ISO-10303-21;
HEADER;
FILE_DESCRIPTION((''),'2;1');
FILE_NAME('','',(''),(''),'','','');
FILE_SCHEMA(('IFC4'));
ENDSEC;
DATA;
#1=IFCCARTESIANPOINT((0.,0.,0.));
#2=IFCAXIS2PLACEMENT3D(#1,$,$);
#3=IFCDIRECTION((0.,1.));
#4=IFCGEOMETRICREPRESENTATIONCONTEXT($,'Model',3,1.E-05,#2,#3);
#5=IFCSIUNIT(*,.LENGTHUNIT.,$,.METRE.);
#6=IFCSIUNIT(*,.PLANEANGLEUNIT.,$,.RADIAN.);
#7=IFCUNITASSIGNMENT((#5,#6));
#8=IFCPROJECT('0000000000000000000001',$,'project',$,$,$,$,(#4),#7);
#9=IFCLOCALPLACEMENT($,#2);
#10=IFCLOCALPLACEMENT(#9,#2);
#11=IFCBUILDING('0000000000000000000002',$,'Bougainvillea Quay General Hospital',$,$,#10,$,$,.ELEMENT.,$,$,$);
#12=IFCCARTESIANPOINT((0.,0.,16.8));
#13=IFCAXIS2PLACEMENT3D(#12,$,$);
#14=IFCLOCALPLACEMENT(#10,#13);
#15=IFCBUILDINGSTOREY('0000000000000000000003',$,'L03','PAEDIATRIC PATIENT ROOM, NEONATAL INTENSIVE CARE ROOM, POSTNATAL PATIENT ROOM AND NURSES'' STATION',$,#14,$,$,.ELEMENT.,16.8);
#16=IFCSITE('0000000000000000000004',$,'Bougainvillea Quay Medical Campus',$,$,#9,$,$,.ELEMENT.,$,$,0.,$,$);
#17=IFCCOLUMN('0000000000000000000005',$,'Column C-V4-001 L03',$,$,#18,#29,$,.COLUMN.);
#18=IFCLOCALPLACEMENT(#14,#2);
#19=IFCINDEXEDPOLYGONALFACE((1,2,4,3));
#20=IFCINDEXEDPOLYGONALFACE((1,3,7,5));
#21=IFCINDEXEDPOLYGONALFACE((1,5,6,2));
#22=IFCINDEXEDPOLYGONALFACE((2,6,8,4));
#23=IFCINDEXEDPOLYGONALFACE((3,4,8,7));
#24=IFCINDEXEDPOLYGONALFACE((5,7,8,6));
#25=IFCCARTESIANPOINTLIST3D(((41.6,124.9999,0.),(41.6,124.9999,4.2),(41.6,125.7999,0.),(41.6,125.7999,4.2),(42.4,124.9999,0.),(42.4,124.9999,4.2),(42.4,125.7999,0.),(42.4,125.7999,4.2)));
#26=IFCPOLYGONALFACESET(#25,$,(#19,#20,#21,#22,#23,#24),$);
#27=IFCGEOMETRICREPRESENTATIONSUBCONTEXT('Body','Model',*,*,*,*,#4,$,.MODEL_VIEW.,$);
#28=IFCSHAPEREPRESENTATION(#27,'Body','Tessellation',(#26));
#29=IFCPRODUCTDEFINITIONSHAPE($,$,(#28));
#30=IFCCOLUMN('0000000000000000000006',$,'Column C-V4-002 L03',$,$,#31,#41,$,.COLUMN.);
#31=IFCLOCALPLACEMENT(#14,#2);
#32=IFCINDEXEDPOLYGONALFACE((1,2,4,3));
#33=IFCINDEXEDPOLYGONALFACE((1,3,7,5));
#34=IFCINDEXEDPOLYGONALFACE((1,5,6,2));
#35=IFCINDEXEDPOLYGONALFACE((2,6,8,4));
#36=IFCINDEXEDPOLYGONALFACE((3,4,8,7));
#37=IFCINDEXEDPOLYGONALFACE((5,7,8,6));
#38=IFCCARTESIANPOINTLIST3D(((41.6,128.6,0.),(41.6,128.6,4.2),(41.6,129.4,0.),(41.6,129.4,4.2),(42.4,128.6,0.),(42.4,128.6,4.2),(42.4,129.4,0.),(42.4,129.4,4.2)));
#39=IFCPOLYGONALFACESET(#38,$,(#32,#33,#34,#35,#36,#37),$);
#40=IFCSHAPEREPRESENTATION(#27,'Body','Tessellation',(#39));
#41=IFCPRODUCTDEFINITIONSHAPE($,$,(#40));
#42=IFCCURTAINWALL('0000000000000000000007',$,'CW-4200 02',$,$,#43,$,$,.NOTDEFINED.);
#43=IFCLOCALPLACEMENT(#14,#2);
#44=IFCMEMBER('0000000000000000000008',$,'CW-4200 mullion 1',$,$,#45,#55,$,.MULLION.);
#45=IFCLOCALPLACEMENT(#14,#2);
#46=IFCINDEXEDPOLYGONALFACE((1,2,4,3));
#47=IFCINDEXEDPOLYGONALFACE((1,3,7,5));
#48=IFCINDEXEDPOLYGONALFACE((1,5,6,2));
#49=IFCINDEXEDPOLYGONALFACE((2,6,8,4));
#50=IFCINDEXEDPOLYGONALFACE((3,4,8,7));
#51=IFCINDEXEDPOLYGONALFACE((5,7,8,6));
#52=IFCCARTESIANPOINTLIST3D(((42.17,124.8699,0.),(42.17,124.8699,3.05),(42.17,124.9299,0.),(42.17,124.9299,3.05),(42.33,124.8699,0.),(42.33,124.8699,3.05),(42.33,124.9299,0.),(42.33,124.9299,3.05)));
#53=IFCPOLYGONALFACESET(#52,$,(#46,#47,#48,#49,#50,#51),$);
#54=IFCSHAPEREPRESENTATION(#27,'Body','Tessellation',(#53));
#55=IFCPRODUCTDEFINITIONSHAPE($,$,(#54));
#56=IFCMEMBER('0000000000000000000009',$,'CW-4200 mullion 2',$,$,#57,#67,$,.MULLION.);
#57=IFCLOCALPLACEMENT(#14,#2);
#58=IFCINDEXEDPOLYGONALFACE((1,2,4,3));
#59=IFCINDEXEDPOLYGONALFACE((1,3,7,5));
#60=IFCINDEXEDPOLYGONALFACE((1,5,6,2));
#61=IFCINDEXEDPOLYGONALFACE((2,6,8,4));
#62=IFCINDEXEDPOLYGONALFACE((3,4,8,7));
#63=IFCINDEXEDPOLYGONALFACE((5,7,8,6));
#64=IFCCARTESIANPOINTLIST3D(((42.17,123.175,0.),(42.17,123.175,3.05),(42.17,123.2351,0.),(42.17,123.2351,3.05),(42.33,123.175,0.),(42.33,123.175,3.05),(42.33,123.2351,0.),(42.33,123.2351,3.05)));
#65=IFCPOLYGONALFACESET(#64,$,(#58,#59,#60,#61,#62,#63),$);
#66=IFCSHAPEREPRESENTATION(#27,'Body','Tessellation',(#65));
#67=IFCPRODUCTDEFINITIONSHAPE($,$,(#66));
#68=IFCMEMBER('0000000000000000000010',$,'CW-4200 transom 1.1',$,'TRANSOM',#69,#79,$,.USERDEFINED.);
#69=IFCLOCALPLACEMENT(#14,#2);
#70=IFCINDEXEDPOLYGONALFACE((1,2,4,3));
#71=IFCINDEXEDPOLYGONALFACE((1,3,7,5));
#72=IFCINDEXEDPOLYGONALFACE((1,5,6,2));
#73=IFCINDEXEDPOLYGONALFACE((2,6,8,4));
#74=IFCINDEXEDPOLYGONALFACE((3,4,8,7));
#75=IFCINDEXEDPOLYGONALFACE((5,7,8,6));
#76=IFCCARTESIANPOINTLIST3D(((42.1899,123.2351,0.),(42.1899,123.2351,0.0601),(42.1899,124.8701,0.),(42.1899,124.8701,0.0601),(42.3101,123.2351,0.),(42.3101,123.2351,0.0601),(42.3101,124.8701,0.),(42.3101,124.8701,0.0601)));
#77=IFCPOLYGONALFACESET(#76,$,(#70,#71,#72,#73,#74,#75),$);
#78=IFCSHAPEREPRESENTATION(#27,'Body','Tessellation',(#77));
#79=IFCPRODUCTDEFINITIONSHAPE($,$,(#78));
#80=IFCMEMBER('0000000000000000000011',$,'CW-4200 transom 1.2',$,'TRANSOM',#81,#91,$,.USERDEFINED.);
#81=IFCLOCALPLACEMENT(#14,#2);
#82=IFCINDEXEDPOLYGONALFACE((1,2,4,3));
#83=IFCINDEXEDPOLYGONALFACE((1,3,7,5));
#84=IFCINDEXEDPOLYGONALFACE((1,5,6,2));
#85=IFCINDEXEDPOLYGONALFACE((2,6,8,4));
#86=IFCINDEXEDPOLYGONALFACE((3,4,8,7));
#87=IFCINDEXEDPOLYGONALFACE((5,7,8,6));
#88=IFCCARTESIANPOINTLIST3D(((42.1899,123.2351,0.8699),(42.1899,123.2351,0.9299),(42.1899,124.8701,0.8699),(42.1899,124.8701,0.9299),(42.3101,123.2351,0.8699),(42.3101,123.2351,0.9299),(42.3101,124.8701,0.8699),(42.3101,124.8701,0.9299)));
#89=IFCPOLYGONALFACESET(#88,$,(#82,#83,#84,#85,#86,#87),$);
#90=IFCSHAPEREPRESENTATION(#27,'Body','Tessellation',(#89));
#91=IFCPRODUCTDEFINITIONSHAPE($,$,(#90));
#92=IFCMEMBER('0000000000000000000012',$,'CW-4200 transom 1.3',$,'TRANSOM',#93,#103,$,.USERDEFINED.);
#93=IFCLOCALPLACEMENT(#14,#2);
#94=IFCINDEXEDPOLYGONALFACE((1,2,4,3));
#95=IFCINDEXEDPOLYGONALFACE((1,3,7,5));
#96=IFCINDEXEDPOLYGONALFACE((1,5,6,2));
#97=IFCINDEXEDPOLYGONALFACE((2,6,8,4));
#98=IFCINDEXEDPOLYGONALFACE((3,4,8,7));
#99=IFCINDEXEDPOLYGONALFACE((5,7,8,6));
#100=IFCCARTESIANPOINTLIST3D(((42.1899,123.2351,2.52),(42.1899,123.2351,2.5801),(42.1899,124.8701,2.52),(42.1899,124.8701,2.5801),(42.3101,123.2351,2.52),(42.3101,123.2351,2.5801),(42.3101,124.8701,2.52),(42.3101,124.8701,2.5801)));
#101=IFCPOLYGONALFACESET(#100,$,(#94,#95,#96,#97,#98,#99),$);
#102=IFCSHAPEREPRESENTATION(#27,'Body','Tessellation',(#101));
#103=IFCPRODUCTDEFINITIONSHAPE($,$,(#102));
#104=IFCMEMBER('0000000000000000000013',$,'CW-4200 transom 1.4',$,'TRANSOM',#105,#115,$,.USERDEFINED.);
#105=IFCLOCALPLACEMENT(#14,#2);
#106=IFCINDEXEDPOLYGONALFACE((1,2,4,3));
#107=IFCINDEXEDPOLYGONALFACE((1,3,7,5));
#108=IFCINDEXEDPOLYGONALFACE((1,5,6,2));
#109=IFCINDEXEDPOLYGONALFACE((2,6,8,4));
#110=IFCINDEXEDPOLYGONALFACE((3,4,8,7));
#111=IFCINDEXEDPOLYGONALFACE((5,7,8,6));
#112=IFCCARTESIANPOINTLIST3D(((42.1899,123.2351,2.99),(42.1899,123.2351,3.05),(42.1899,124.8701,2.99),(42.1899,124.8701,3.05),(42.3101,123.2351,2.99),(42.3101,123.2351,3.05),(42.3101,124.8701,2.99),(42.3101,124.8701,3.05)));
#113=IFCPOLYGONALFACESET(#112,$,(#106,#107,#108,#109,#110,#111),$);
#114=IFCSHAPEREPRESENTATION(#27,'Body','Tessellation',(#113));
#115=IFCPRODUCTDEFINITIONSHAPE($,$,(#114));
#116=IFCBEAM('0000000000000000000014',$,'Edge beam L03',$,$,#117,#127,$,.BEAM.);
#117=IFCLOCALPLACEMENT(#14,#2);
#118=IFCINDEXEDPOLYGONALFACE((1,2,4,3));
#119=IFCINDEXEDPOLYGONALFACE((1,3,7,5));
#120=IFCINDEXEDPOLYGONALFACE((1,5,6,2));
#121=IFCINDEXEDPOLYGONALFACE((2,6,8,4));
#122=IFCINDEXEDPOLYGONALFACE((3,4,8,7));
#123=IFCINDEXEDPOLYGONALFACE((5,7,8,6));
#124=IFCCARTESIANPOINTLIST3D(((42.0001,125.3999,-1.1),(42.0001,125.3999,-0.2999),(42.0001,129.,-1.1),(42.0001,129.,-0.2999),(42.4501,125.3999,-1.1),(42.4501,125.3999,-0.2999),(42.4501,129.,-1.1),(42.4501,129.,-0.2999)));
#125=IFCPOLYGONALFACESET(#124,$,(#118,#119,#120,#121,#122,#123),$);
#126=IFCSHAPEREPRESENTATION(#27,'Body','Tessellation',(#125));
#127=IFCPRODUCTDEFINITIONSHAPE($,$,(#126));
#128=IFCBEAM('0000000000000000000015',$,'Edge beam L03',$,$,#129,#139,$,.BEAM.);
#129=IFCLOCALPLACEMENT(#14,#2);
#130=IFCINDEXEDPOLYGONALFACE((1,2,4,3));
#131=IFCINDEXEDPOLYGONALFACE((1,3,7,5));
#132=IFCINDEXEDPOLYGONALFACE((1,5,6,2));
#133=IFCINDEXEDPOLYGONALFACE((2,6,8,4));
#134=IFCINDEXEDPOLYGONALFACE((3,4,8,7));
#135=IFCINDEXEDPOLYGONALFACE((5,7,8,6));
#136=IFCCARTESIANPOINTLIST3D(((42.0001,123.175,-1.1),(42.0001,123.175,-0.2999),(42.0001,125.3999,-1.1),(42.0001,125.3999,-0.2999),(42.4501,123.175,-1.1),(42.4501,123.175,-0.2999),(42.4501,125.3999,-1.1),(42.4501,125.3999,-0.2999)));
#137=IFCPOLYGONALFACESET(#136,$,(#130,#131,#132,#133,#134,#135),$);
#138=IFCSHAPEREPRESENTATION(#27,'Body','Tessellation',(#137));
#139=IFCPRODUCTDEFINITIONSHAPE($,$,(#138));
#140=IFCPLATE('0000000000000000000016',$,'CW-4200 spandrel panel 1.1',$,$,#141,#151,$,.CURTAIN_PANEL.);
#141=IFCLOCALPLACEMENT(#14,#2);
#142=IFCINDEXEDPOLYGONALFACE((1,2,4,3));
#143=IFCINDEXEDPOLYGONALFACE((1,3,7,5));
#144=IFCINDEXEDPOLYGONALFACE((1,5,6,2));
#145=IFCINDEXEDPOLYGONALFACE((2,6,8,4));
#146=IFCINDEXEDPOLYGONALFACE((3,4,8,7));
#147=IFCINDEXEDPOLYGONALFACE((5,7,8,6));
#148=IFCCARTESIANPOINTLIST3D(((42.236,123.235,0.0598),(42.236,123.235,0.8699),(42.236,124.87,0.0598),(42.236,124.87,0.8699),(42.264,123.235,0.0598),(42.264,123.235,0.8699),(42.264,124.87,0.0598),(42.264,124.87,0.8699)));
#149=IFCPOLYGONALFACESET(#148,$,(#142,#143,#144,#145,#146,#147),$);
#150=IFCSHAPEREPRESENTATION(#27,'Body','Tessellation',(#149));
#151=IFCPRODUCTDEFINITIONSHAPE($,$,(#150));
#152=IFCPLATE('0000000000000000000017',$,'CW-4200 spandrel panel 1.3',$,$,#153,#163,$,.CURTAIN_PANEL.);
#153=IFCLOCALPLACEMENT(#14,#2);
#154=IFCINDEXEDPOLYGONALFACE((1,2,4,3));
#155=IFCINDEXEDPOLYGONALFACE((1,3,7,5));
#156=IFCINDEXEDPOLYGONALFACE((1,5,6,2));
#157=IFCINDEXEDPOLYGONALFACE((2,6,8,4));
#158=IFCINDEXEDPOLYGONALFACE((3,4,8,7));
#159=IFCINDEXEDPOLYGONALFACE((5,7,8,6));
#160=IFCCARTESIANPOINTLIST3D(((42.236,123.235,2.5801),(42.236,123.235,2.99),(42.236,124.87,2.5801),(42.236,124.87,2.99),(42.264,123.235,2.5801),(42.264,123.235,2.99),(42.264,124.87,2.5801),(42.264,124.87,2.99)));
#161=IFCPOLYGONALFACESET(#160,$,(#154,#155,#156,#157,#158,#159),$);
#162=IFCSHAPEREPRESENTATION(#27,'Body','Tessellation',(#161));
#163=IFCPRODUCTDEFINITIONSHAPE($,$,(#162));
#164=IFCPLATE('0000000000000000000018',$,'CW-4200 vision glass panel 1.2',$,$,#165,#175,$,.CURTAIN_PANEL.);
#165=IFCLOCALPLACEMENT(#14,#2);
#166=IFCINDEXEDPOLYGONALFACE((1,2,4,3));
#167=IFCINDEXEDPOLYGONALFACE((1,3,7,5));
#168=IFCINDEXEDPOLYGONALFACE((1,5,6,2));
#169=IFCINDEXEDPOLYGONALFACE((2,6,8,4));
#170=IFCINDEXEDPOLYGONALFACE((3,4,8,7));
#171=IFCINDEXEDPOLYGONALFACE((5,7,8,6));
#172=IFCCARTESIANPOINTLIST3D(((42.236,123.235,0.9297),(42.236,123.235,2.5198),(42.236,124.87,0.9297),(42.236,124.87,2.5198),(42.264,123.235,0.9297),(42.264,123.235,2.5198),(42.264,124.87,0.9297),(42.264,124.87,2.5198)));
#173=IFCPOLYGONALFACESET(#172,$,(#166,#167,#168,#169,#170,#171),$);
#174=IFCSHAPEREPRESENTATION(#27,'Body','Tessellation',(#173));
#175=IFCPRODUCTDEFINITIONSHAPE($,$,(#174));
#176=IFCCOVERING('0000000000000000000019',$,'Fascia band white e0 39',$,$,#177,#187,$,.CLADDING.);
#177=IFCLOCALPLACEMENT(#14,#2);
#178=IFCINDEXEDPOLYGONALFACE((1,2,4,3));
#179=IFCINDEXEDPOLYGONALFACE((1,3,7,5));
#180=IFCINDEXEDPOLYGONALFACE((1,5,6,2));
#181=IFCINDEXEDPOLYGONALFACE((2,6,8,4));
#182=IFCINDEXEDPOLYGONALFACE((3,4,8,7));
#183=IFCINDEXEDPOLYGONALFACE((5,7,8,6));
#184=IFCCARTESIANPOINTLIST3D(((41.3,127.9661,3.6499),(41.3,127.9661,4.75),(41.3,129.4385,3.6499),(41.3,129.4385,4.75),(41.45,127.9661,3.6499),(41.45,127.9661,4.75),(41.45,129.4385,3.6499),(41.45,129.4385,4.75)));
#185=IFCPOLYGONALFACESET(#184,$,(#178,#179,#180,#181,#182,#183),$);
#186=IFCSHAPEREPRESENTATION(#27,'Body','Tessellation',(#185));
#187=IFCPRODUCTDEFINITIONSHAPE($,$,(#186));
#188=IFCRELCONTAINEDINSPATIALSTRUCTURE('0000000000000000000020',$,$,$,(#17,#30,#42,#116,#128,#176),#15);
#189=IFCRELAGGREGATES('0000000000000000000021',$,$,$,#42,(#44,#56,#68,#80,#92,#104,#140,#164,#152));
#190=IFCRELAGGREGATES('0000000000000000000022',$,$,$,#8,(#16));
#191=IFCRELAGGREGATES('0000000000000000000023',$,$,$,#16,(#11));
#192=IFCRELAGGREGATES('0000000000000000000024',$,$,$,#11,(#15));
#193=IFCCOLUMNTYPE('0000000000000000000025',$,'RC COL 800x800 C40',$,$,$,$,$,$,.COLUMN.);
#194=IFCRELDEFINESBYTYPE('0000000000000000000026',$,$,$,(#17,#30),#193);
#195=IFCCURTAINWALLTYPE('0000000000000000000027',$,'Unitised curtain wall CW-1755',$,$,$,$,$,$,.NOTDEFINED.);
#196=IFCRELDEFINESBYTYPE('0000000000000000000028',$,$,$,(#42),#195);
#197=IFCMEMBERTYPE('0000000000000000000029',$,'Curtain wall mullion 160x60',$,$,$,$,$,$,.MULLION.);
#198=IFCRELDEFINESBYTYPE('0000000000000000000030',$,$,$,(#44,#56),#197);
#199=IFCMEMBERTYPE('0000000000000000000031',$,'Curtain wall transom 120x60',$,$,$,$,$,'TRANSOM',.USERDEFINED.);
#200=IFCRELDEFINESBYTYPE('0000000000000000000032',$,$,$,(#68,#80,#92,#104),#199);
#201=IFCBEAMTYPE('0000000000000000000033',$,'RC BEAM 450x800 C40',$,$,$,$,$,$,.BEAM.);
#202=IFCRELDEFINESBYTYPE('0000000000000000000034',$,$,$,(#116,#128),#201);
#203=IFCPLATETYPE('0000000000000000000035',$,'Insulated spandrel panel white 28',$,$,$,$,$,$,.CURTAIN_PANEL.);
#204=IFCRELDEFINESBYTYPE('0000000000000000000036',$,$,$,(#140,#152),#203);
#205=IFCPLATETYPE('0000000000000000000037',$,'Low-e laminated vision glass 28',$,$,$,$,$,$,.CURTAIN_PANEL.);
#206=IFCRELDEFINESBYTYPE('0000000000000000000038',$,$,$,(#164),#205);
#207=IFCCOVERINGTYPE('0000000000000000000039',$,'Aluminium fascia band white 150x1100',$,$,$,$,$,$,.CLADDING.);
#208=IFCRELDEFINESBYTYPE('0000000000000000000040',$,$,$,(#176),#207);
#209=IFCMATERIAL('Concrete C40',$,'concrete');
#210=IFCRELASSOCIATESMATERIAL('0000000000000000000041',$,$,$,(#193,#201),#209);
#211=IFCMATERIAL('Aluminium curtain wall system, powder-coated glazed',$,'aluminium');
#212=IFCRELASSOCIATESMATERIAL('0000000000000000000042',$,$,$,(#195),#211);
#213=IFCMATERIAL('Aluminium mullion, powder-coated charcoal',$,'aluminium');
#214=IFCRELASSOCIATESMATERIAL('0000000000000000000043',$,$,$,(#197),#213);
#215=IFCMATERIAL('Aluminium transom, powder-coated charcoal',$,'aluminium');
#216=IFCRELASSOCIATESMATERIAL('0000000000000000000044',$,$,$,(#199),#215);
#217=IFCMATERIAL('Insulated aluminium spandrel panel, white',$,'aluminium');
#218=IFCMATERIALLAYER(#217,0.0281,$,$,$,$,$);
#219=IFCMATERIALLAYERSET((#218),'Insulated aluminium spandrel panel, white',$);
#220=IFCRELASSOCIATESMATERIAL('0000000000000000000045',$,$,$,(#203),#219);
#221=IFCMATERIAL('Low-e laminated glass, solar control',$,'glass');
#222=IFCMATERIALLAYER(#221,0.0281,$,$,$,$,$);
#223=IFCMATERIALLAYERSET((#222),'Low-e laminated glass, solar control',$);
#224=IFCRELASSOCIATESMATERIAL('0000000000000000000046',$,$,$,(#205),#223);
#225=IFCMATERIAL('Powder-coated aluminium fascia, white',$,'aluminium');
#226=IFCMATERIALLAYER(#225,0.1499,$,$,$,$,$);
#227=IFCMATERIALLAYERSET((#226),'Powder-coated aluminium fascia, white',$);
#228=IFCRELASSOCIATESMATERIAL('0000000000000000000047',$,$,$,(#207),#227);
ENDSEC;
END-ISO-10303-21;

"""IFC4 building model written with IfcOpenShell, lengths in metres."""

from ifc_helpers import new_model, si_unit, direction, frame, origin, origin_2d, place, context, subcontext, project, spatial, polyline, rectangle, outline, extrude, material, layer, layer_set, material_profile, profile_set, type_object, element, aggregate, save


model = new_model("IFC4")

# Units and contexts
model_context = context("Model", 3, precision=1e-05, world=origin(), true_north=direction((0.0, 1.0)))
body_context = subcontext(model_context, "Body", "Model", "MODEL_VIEW")
ifc_project = project(units=[si_unit("LENGTHUNIT", "METRE"), si_unit("PLANEANGLEUNIT", "RADIAN")], contexts=[model_context])

# Site, building, storey
site_placement = place(None, origin())
site = spatial("IfcSite", under=ifc_project, at=site_placement, Name="Bougainvillea Quay Medical Campus", CompositionType="ELEMENT", RefElevation=0.0)
building_placement = place(site_placement, origin())
building = spatial("IfcBuilding", under=site, at=building_placement, Name="Bougainvillea Quay General Hospital", CompositionType="ELEMENT")
storey_placement = place(building_placement, frame((0.0, 0.0, 16.8)))
storey = spatial("IfcBuildingStorey", under=building, at=storey_placement, Name="L03", Description="PAEDIATRIC PATIENT ROOM, NEONATAL INTENSIVE CARE ROOM, POSTNATAL PATIENT ROOM AND NURSES' STATION", CompositionType="ELEMENT", Elevation=16.8)

# Columns
ifc_material_1 = material(Name="Concrete C40", Category="concrete")
ifc_material_profile_1 = material_profile(ifc_material_1, rectangle(XDim=0.8, YDim=0.8, at=origin_2d()))
ifc_profile_set_1 = profile_set([ifc_material_profile_1], Name="Concrete C40")
column_type = type_object("IfcColumnType", Name="RC COL 800x800 C40", PredefinedType="COLUMN", material=ifc_profile_set_1)
for number, where, z_axis, x_axis, name in (
    (1, (42.0, 125.3999, 0.0), (0.0, 0.0, 1.0), (1.0, 0.0, 0.0), "Column C-V4-001 L03"),
    (2, (42.0, 129.0, 0.0), (0.0, 0.0, 1.0), (1.0, 0.0, 0.0), "Column C-V4-002 L03"),
):
    element("IfcColumn", number, at=place(storey_placement, frame(where, z_axis=z_axis, x_axis=x_axis)), inside=storey, type_object=column_type, Name=name, PredefinedType="COLUMN", context=body_context, shape_type="SweptSolid", body=[
        extrude(rectangle(XDim=0.8, YDim=0.8, at=origin_2d()), origin(), (0.0, 0.0, 1.0), 4.2),
    ])

# Curtain wall, members
ifc_material_2 = material(Name="Aluminium curtain wall system, powder-coated glazed", Category="aluminium")
curtain_wall_type = type_object("IfcCurtainWallType", Name="Unitised curtain wall CW-1755", PredefinedType="NOTDEFINED", material=ifc_material_2)
curtain_wall_placement = place(storey_placement, origin())
curtain_wall = element("IfcCurtainWall", 3, at=curtain_wall_placement, inside=storey, type_object=curtain_wall_type, Name="CW-4200 02", PredefinedType="NOTDEFINED")
ifc_material_3 = material(Name="Aluminium mullion, powder-coated charcoal", Category="aluminium")
ifc_material_profile_2 = material_profile(ifc_material_3, rectangle(XDim=0.1599, YDim=0.0601, at=origin_2d()))
ifc_profile_set_2 = profile_set([ifc_material_profile_2], Name="Aluminium mullion, powder-coated charcoal")
member_type_1 = type_object("IfcMemberType", Name="Curtain wall mullion 160x60", PredefinedType="MULLION", material=ifc_profile_set_2)
member_1_placement = place(storey_placement, frame((42.25, 124.8999, 0.0), z_axis=(0.0, 0.0, 1.0), x_axis=(1.0, 0.0, 0.0)))
member_1 = element("IfcMember", 4, at=member_1_placement, type_object=member_type_1, Name="CW-4200 mullion 1", PredefinedType="MULLION", context=body_context, shape_type="SweptSolid", body=[
    extrude(rectangle(XDim=0.1599, YDim=0.0601, at=origin_2d()), origin(), (0.0, 0.0, 1.0), 3.05),
])
member_2_placement = place(storey_placement, frame((42.25, 123.2051, 0.0), z_axis=(0.0, 0.0, 1.0), x_axis=(1.0, 0.0, 0.0)))
member_2 = element("IfcMember", 5, at=member_2_placement, type_object=member_type_1, Name="CW-4200 mullion 2", PredefinedType="MULLION", context=body_context, shape_type="SweptSolid", body=[
    extrude(rectangle(XDim=0.1599, YDim=0.0601, at=origin_2d()), origin(), (0.0, 0.0, 1.0), 3.05),
])
ifc_material_4 = material(Name="Aluminium transom, powder-coated charcoal", Category="aluminium")
ifc_material_profile_3 = material_profile(ifc_material_4, rectangle(XDim=0.1201, YDim=0.0601, at=origin_2d()))
ifc_profile_set_3 = profile_set([ifc_material_profile_3], Name="Aluminium transom, powder-coated charcoal")
member_type_2 = type_object("IfcMemberType", Name="Curtain wall transom 120x60", ElementType="TRANSOM", PredefinedType="USERDEFINED", material=ifc_profile_set_3)
member_3_placement = place(storey_placement, frame((42.25, 124.8701, 0.03), z_axis=(0.0, -1.0, 0.0), x_axis=(1.0, 0.0, 0.0)))
member_3 = element("IfcMember", 6, at=member_3_placement, type_object=member_type_2, Name="CW-4200 transom 1.1", ObjectType="TRANSOM", PredefinedType="USERDEFINED", context=body_context, shape_type="SweptSolid", body=[
    extrude(rectangle(XDim=0.1201, YDim=0.0601, at=origin_2d()), origin(), (0.0, 0.0, 1.0), 1.635),
])
member_4_placement = place(storey_placement, frame((42.25, 124.8701, 0.8999), z_axis=(0.0, -1.0, 0.0), x_axis=(1.0, 0.0, 0.0)))
member_4 = element("IfcMember", 7, at=member_4_placement, type_object=member_type_2, Name="CW-4200 transom 1.2", ObjectType="TRANSOM", PredefinedType="USERDEFINED", context=body_context, shape_type="SweptSolid", body=[
    extrude(rectangle(XDim=0.1201, YDim=0.0601, at=origin_2d()), origin(), (0.0, 0.0, 1.0), 1.635),
])
member_5_placement = place(storey_placement, frame((42.25, 124.8701, 2.55), z_axis=(0.0, -1.0, 0.0), x_axis=(1.0, 0.0, 0.0)))
member_5 = element("IfcMember", 8, at=member_5_placement, type_object=member_type_2, Name="CW-4200 transom 1.3", ObjectType="TRANSOM", PredefinedType="USERDEFINED", context=body_context, shape_type="SweptSolid", body=[
    extrude(rectangle(XDim=0.1201, YDim=0.0601, at=origin_2d()), origin(), (0.0, 0.0, 1.0), 1.635),
])
member_6_placement = place(storey_placement, frame((42.25, 124.8701, 3.02), z_axis=(0.0, -1.0, 0.0), x_axis=(1.0, 0.0, 0.0)))
member_6 = element("IfcMember", 9, at=member_6_placement, type_object=member_type_2, Name="CW-4200 transom 1.4", ObjectType="TRANSOM", PredefinedType="USERDEFINED", context=body_context, shape_type="SweptSolid", body=[
    extrude(rectangle(XDim=0.1201, YDim=0.0601, at=origin_2d()), origin(), (0.0, 0.0, 1.0), 1.635),
])

# Beams
ifc_material_profile_4 = material_profile(ifc_material_1, rectangle(XDim=0.45, YDim=0.8, at=origin_2d()))
ifc_profile_set_4 = profile_set([ifc_material_profile_4], Name="Concrete C40")
beam_type = type_object("IfcBeamType", Name="RC BEAM 450x800 C40", PredefinedType="BEAM", material=ifc_profile_set_4)
beam_1_placement = place(storey_placement, frame((42.2251, 129.0, -0.7), z_axis=(0.0, -1.0, 0.0), x_axis=(1.0, 0.0, 0.0)))
element("IfcBeam", 10, at=beam_1_placement, inside=storey, type_object=beam_type, Name="Edge beam L03", PredefinedType="BEAM", context=body_context, shape_type="SweptSolid", body=[
    extrude(rectangle(XDim=0.45, YDim=0.8, at=origin_2d()), origin(), (0.0, 0.0, 1.0), 3.6001),
])
beam_2_placement = place(storey_placement, frame((42.2251, 125.3999, -0.7), z_axis=(0.0, -1.0, 0.0), x_axis=(1.0, 0.0, 0.0)))
element("IfcBeam", 11, at=beam_2_placement, inside=storey, type_object=beam_type, Name="Edge beam L03", PredefinedType="BEAM", context=body_context, shape_type="SweptSolid", body=[
    extrude(rectangle(XDim=0.45, YDim=0.8, at=origin_2d()), origin(), (0.0, 0.0, 1.0), 2.2249),
])

# Plates
ifc_material_5 = material(Name="Insulated aluminium spandrel panel, white", Category="aluminium")
ifc_layer_1 = layer(ifc_material_5, 0.0281)
ifc_layer_set_1 = layer_set([ifc_layer_1], Name="Insulated aluminium spandrel panel, white")
plate_type_1 = type_object("IfcPlateType", Name="Insulated spandrel panel white 28", PredefinedType="CURTAIN_PANEL", material=ifc_layer_set_1)
plate_1_placement = place(storey_placement, frame((42.25, 124.0525, 0.0598), z_axis=(0.0, 0.0, 1.0), x_axis=(0.0, -1.0, 0.0)))
plate_1 = element("IfcPlate", 12, at=plate_1_placement, type_object=plate_type_1, Name="CW-4200 spandrel panel 1.1", PredefinedType="CURTAIN_PANEL", context=body_context, shape_type="SweptSolid", body=[
    extrude(rectangle(XDim=1.635, YDim=0.0281, at=origin_2d()), origin(), (0.0, 0.0, 1.0), 0.8101),
])
plate_2_placement = place(storey_placement, frame((42.25, 124.0525, 2.5801), z_axis=(0.0, 0.0, 1.0), x_axis=(0.0, -1.0, 0.0)))
plate_2 = element("IfcPlate", 13, at=plate_2_placement, type_object=plate_type_1, Name="CW-4200 spandrel panel 1.3", PredefinedType="CURTAIN_PANEL", context=body_context, shape_type="SweptSolid", body=[
    extrude(rectangle(XDim=1.635, YDim=0.0281, at=origin_2d()), origin(), (0.0, 0.0, 1.0), 0.4099),
])
ifc_material_6 = material(Name="Low-e laminated glass, solar control", Category="glass")
ifc_layer_2 = layer(ifc_material_6, 0.0281)
ifc_layer_set_2 = layer_set([ifc_layer_2], Name="Low-e laminated glass, solar control")
plate_type_2 = type_object("IfcPlateType", Name="Low-e laminated vision glass 28", PredefinedType="CURTAIN_PANEL", material=ifc_layer_set_2)
plate_3_placement = place(storey_placement, frame((42.25, 124.0525, 0.9297), z_axis=(0.0, 0.0, 1.0), x_axis=(0.0, -1.0, 0.0)))
plate_3 = element("IfcPlate", 14, at=plate_3_placement, type_object=plate_type_2, Name="CW-4200 vision glass panel 1.2", PredefinedType="CURTAIN_PANEL", context=body_context, shape_type="SweptSolid", body=[
    extrude(rectangle(XDim=1.635, YDim=0.0281, at=origin_2d()), origin(), (0.0, 0.0, 1.0), 1.5901),
])
aggregate(curtain_wall, [member_1, member_2, member_3, member_4, member_5, member_6, plate_1, plate_3, plate_2])

# Covering
ifc_material_7 = material(Name="Powder-coated aluminium fascia, white", Category="aluminium")
ifc_layer_3 = layer(ifc_material_7, 0.1499)
ifc_layer_set_3 = layer_set([ifc_layer_3], Name="Powder-coated aluminium fascia, white")
covering_type = type_object("IfcCoveringType", Name="Aluminium fascia band white 150x1100", PredefinedType="CLADDING", material=ifc_layer_set_3)
covering_1_placement = place(storey_placement, frame((41.45, 129.4385, 3.6499), z_axis=(0.0, 0.0, 1.0), x_axis=(0.0, -1.0, 0.0)))
element("IfcCovering", 15, at=covering_1_placement, inside=storey, type_object=covering_type, Name="Fascia band white e0 39", PredefinedType="CLADDING", context=body_context, shape_type="SweptSolid", body=[
    extrude(outline(polyline([(0.0, 0.0), (1.4724, 0.0), (1.4724, -0.1499), (0.0, -0.1499), (0.0, 0.0)])), origin(), (0.0, 0.0, 1.0), 1.1001),
])

save(model, "model.ifc")
